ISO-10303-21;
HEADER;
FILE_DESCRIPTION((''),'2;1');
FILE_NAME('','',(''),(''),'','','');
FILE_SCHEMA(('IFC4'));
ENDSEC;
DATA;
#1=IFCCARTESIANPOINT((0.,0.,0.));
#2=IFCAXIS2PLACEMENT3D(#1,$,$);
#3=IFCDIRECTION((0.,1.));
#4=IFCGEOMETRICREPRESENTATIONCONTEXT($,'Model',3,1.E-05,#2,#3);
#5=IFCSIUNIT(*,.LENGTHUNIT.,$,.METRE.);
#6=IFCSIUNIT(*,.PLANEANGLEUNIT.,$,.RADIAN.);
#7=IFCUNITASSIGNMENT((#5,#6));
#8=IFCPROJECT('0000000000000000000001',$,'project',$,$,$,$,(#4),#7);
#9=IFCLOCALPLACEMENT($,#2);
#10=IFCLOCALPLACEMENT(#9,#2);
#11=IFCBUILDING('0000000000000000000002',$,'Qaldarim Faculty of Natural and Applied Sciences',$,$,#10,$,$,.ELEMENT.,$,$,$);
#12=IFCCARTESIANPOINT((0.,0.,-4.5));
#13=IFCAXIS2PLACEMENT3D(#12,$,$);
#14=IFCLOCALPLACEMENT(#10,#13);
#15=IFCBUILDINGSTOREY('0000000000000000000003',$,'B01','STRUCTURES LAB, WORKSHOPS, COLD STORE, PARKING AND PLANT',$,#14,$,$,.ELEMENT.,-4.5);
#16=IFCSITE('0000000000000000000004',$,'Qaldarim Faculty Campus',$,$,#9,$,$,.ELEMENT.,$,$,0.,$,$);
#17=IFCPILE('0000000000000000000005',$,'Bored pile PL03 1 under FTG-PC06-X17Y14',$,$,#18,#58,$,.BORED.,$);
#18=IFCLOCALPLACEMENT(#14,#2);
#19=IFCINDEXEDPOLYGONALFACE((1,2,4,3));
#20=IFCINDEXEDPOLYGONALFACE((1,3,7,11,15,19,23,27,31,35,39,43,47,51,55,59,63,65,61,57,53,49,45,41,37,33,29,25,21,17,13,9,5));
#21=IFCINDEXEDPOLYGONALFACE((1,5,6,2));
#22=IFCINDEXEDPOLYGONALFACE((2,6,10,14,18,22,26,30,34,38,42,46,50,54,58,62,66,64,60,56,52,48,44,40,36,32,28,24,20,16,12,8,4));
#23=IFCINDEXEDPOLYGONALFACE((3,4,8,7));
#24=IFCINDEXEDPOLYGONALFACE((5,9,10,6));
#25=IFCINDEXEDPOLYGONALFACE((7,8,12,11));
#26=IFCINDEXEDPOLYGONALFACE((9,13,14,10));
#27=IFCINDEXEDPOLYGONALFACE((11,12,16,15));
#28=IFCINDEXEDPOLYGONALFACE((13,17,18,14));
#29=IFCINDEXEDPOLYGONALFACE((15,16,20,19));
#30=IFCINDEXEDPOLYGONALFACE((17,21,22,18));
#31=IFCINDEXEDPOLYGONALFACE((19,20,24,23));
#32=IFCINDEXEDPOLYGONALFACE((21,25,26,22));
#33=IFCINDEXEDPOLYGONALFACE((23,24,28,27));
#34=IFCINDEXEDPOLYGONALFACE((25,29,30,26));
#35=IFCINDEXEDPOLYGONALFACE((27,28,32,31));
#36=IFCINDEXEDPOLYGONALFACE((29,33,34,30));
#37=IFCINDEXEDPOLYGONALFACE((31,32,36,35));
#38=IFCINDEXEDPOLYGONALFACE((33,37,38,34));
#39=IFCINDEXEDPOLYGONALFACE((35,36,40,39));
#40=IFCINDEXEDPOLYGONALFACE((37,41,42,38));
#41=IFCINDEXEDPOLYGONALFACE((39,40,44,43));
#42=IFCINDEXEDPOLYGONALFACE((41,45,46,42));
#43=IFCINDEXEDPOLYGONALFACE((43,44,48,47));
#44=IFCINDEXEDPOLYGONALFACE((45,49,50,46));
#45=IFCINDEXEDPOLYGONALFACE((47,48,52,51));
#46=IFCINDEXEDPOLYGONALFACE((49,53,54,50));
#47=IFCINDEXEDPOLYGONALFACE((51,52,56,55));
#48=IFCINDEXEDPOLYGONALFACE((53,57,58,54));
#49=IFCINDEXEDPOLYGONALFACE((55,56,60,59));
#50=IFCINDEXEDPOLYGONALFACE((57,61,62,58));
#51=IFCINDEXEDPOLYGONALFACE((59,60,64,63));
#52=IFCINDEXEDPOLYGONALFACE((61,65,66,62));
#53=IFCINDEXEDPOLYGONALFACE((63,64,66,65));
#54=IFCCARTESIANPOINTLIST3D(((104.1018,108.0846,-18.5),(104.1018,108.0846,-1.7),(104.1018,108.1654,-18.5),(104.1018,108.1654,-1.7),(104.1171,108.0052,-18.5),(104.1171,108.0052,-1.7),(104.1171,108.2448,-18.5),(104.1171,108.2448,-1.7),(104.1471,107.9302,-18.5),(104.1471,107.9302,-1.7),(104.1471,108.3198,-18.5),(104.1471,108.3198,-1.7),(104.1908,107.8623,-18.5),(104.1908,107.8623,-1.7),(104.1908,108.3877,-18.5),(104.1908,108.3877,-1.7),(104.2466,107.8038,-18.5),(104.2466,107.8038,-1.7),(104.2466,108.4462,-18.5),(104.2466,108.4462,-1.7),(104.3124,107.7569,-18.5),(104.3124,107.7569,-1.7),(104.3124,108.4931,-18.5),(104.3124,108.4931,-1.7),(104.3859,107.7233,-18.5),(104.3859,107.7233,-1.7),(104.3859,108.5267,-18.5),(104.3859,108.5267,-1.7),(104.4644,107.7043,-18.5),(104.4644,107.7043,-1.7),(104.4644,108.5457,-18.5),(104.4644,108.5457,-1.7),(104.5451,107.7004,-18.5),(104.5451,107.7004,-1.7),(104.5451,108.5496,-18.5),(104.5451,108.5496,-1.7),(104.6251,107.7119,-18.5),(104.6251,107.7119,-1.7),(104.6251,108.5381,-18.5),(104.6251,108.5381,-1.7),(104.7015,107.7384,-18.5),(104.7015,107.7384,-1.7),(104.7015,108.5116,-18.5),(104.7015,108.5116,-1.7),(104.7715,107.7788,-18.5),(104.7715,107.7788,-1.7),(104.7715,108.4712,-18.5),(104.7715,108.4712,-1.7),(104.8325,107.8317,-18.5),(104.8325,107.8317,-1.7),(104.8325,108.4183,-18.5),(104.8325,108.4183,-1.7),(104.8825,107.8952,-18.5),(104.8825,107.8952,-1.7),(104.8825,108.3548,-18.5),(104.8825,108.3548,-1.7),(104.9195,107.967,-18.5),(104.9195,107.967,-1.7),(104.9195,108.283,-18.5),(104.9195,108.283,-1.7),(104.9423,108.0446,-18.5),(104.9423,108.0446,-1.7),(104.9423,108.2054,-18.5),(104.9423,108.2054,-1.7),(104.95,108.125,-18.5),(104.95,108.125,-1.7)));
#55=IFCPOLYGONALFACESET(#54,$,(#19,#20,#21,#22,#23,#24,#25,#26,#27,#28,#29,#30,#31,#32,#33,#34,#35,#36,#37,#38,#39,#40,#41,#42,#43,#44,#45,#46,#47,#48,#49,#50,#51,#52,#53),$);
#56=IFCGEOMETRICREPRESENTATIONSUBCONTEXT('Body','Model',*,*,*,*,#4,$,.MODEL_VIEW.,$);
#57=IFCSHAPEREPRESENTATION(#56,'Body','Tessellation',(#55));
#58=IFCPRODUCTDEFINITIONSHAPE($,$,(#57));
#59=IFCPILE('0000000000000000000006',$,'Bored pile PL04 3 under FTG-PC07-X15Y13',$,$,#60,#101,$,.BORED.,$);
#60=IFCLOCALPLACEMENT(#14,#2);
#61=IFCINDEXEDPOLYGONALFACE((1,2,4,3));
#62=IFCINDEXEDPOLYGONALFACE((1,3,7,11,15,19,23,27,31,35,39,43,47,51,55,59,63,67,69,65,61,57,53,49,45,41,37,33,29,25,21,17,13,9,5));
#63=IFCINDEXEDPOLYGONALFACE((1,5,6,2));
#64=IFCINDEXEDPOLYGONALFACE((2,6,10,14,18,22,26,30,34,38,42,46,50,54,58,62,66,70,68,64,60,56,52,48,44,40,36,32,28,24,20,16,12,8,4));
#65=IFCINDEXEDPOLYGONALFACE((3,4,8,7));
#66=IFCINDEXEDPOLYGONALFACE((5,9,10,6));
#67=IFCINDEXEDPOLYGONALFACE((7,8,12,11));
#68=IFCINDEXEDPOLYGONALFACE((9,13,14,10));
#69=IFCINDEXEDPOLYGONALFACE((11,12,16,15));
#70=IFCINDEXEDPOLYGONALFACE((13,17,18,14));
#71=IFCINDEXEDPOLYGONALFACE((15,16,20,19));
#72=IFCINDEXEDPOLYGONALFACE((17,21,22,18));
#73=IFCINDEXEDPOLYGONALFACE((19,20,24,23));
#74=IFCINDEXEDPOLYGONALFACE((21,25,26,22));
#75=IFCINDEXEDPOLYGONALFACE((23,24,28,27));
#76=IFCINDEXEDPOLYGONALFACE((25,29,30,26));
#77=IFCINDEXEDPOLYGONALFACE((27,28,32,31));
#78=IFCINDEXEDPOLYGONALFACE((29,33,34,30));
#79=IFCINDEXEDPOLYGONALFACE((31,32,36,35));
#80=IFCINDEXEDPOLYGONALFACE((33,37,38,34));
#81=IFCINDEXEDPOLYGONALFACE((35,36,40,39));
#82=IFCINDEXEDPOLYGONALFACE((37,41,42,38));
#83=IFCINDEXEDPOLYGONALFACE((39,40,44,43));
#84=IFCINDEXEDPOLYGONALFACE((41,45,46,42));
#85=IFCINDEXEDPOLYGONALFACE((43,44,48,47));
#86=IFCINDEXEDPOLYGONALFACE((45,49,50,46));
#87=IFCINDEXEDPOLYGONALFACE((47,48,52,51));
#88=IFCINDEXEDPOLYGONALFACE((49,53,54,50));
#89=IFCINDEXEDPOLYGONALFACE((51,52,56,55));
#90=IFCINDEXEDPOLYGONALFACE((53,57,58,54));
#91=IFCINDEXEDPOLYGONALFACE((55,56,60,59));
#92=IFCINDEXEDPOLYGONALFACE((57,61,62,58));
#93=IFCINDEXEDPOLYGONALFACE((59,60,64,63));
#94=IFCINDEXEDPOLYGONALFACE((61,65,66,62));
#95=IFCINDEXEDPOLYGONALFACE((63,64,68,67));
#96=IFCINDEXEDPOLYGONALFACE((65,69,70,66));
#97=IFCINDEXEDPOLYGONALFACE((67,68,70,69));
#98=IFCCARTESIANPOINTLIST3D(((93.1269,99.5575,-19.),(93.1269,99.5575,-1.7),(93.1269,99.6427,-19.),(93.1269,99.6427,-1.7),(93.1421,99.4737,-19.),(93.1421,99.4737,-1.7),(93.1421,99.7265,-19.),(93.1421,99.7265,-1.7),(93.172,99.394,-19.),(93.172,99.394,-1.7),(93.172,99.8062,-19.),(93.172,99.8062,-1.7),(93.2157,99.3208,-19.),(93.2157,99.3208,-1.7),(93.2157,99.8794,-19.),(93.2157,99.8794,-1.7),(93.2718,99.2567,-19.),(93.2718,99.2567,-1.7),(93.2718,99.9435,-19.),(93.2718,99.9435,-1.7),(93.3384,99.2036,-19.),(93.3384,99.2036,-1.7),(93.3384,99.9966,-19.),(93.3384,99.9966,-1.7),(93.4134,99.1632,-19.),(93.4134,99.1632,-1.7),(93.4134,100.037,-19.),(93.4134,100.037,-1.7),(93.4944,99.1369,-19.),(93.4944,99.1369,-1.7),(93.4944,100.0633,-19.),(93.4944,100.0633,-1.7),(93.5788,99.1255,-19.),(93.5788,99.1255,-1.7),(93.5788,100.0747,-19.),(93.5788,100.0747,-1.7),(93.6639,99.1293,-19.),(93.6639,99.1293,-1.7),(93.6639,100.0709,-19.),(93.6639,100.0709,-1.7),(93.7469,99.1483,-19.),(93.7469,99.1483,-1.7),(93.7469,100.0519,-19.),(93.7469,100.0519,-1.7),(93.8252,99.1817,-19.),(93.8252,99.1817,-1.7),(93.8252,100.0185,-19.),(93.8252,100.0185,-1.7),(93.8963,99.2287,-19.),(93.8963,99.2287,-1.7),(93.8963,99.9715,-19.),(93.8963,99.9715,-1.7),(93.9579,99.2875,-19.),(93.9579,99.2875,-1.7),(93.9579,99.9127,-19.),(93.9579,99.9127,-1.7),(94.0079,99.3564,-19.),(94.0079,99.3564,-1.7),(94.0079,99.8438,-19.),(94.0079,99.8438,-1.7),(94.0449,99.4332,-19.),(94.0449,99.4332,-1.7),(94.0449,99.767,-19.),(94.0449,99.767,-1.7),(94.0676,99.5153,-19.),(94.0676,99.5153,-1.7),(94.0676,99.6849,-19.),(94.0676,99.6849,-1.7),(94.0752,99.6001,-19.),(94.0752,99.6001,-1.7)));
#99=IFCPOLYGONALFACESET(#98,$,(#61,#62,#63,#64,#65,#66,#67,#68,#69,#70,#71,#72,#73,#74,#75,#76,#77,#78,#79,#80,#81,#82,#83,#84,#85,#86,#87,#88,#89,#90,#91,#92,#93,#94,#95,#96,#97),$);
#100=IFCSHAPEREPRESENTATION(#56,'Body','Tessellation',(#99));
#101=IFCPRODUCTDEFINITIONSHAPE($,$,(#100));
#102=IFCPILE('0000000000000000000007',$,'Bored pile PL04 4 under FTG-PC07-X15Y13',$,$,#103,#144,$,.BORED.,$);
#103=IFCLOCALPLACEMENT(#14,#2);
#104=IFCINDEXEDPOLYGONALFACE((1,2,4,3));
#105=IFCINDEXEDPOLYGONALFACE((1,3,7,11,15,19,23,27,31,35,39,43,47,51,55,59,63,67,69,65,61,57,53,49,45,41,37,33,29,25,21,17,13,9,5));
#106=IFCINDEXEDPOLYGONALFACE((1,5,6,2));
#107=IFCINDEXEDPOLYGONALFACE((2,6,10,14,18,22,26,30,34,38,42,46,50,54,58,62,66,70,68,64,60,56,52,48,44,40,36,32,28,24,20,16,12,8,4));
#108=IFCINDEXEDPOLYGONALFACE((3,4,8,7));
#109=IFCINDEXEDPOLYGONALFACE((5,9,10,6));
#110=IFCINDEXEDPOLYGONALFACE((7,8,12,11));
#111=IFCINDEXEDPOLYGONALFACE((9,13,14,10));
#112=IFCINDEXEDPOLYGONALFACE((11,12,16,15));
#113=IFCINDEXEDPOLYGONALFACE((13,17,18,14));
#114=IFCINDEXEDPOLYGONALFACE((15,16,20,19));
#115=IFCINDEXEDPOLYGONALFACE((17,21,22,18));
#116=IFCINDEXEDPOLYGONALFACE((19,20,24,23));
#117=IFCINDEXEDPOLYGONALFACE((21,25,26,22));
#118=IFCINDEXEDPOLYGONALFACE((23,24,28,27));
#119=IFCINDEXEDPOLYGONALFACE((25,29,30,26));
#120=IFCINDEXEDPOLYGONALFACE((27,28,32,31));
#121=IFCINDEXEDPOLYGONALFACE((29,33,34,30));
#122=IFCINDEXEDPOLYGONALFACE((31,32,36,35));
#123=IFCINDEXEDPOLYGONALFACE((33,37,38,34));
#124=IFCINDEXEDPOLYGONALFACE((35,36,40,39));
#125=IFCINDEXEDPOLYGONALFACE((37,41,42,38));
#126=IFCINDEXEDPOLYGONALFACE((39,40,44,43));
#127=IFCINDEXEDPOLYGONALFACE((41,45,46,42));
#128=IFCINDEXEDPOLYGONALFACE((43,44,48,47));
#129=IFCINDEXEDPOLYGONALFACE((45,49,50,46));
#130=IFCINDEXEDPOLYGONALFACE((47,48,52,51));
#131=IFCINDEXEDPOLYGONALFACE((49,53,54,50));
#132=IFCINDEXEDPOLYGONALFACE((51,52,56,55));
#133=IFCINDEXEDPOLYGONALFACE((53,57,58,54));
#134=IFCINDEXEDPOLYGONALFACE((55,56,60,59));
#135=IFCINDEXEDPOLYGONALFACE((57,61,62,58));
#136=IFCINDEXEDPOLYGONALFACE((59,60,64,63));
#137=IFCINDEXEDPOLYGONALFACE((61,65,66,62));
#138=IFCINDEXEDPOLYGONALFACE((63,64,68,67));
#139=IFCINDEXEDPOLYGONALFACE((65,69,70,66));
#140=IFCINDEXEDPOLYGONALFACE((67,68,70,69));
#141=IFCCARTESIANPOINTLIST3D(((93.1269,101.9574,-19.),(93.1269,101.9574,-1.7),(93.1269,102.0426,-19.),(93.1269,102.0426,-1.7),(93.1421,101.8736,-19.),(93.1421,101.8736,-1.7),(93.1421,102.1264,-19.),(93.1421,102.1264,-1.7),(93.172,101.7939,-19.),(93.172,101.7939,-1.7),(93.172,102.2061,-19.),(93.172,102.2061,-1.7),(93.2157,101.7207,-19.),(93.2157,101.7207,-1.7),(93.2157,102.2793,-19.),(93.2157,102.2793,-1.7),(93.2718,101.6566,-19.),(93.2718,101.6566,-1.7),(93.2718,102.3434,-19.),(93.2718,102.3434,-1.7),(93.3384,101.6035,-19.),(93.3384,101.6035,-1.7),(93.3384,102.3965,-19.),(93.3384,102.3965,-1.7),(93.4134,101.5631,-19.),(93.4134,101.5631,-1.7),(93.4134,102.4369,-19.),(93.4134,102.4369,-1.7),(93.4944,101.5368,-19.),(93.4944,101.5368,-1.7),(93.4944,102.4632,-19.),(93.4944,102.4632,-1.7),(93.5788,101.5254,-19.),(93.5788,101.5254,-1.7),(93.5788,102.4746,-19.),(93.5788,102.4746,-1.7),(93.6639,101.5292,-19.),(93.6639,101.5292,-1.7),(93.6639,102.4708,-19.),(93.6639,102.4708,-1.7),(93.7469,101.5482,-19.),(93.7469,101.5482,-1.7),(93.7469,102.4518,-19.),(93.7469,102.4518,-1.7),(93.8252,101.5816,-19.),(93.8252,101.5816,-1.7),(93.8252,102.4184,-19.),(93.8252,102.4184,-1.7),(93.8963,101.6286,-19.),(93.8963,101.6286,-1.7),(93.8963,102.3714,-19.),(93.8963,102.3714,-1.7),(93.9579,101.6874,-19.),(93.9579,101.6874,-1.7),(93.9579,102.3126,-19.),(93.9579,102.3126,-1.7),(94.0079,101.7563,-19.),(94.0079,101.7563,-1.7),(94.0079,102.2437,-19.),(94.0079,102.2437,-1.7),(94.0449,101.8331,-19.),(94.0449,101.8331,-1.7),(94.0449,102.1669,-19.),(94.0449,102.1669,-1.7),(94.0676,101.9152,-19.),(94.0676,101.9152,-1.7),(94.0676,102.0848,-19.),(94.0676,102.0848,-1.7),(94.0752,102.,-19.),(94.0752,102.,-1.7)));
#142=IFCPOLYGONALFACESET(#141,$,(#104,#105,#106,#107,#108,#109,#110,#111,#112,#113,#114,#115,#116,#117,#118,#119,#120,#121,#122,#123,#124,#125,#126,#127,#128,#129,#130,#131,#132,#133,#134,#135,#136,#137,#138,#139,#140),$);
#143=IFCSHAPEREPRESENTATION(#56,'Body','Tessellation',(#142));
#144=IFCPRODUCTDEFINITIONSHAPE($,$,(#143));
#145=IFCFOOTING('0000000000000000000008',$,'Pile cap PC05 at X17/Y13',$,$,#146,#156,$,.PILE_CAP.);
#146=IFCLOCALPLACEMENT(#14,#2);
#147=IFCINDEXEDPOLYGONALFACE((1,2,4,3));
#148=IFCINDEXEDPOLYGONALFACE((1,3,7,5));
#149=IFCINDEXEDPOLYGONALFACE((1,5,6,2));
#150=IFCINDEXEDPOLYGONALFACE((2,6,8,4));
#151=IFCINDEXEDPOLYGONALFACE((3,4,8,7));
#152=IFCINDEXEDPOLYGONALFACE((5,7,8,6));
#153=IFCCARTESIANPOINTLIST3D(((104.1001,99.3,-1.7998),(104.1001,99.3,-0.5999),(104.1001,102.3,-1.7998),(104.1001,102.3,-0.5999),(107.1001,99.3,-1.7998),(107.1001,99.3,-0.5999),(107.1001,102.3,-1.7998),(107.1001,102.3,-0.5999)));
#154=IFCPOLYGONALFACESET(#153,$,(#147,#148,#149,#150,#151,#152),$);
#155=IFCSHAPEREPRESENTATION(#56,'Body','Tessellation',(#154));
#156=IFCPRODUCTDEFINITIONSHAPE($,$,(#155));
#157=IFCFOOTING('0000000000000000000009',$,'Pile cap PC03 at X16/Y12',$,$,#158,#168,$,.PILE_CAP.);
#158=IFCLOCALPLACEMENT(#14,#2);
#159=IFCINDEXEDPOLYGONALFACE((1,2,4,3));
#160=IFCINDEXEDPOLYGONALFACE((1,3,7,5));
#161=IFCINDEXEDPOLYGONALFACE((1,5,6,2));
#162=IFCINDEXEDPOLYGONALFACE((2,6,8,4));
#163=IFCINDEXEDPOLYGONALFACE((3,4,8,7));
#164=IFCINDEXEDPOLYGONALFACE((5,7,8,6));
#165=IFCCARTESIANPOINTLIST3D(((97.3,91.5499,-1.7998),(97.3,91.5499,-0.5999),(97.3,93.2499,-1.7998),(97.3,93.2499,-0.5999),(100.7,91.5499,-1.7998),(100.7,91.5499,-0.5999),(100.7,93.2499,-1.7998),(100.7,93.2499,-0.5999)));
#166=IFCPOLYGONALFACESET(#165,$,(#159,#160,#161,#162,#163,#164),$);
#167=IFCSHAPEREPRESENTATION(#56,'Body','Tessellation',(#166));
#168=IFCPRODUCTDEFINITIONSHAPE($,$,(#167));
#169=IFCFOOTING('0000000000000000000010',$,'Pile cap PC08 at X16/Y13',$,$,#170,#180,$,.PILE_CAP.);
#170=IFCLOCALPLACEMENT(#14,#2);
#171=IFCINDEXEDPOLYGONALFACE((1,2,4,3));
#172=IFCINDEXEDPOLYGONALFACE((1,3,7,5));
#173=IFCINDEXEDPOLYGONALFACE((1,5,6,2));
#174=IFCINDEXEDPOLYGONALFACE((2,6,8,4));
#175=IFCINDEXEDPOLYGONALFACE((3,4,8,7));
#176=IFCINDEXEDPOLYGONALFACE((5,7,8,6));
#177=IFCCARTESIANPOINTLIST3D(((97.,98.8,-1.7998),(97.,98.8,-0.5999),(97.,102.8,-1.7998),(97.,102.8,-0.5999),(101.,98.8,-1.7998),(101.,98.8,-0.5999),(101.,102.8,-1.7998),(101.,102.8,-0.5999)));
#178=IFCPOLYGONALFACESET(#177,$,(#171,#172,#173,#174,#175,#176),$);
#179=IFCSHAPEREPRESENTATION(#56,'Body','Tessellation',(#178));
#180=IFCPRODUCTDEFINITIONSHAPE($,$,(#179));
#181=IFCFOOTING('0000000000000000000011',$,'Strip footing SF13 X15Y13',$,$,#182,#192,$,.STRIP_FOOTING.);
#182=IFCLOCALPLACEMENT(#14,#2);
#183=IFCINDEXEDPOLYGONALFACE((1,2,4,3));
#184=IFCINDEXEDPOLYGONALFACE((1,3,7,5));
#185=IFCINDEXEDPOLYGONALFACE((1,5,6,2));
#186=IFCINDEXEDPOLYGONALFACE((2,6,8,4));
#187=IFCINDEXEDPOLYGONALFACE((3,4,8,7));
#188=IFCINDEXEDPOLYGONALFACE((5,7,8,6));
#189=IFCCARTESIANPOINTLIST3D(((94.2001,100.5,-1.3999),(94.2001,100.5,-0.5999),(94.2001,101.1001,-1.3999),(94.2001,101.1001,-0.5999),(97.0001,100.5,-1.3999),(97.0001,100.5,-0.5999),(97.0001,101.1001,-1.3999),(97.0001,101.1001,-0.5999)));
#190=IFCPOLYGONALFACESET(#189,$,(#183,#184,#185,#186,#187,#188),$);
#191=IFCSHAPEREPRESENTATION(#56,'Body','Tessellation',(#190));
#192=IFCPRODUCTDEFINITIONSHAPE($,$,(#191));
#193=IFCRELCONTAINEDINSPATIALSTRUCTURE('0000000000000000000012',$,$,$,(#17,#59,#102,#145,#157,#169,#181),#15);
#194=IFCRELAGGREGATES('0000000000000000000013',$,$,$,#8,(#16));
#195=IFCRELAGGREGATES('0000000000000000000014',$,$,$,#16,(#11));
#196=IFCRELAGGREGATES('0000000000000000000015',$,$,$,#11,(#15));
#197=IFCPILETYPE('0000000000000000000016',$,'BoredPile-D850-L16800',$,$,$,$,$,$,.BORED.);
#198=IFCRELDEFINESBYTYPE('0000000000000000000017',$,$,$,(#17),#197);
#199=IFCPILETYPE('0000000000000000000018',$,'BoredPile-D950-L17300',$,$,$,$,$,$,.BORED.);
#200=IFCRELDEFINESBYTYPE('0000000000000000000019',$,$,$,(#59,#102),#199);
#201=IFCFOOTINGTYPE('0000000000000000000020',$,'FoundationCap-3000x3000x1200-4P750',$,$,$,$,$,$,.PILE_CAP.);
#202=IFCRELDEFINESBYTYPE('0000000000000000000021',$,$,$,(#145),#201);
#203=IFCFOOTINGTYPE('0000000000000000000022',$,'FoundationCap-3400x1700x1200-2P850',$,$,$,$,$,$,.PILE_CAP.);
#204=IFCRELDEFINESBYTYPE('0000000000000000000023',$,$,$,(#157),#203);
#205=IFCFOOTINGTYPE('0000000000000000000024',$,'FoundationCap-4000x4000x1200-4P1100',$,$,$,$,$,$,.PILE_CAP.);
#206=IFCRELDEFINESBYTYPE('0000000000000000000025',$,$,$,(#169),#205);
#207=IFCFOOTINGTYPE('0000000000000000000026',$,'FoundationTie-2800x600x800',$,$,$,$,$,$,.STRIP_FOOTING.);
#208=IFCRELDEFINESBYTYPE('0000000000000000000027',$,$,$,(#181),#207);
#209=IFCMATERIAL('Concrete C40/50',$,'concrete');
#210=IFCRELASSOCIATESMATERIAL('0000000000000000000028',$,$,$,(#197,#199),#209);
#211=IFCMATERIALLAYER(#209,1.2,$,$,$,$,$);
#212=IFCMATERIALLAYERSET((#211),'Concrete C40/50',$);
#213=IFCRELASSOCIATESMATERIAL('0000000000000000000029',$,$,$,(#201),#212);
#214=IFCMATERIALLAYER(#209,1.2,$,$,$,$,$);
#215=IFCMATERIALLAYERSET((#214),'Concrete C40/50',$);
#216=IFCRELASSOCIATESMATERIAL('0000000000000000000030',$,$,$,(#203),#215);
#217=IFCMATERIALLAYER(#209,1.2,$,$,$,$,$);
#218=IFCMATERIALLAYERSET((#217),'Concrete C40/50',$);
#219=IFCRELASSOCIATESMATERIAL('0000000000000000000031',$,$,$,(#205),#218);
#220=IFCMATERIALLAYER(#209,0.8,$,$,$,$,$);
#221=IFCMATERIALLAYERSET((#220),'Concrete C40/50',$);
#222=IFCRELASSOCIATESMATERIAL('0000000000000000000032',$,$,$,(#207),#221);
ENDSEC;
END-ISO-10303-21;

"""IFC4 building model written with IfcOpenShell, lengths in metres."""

from ifc_helpers import new_model, si_unit, direction, frame, origin, origin_2d, place, context, subcontext, project, spatial, rectangle, circle, extrude, material, layer, layer_set, material_profile, profile_set, type_object, element, save


model = new_model("IFC4")

# Units and contexts
model_context = context("Model", 3, precision=1e-05, world=origin(), true_north=direction((0.0, 1.0)))
body_context = subcontext(model_context, "Body", "Model", "MODEL_VIEW")
ifc_project = project(units=[si_unit("LENGTHUNIT", "METRE"), si_unit("PLANEANGLEUNIT", "RADIAN")], contexts=[model_context])

# Site, building, storey
site_placement = place(None, origin())
site = spatial("IfcSite", under=ifc_project, at=site_placement, Name="Qaldarim Faculty Campus", CompositionType="ELEMENT", RefElevation=0.0)
building_placement = place(site_placement, origin())
building = spatial("IfcBuilding", under=site, at=building_placement, Name="Qaldarim Faculty of Natural and Applied Sciences", CompositionType="ELEMENT")
storey_placement = place(building_placement, frame((0.0, 0.0, -4.5)))
storey = spatial("IfcBuildingStorey", under=building, at=storey_placement, Name="B01", Description="STRUCTURES LAB, WORKSHOPS, COLD STORE, PARKING AND PLANT", CompositionType="ELEMENT", Elevation=-4.5)

# Piles
ifc_material_1 = material(Name="Concrete C40/50", Category="concrete")
ifc_material_profile_1 = material_profile(ifc_material_1, circle(Radius=0.425, at=origin_2d()), Name="PILE-D850")
ifc_profile_set_1 = profile_set([ifc_material_profile_1], Name="Concrete C40/50")
pile_type_1 = type_object("IfcPileType", Name="BoredPile-D850-L16800", PredefinedType="BORED", material=ifc_profile_set_1)
for number, where, z_axis, x_axis, name in (
    (1, (104.5249, 108.125, -1.7), (0.0, 0.0, -1.0), (1.0, 0.0, 0.0), "Bored pile PL03 1 under FTG-PC06-X17Y14"),
):
    element("IfcPile", number, at=place(storey_placement, frame(where, z_axis=z_axis, x_axis=x_axis)), inside=storey, type_object=pile_type_1, Name=name, PredefinedType="BORED", context=body_context, shape_type="SweptSolid", body=[
        extrude(circle(Radius=0.425, at=origin_2d()), origin(), (0.0, 0.0, 1.0), 16.8),
    ])
ifc_material_profile_2 = material_profile(ifc_material_1, circle(Radius=0.4751, at=origin_2d()), Name="PILE-D950")
ifc_profile_set_2 = profile_set([ifc_material_profile_2], Name="Concrete C40/50")
pile_type_2 = type_object("IfcPileType", Name="BoredPile-D950-L17300", PredefinedType="BORED", material=ifc_profile_set_2)
for number, where, z_axis, x_axis, name in (
    (2, (93.6001, 99.6001, -1.7), (0.0, 0.0, -1.0), (1.0, 0.0, 0.0), "Bored pile PL04 3 under FTG-PC07-X15Y13"),
    (3, (93.6001, 102.0, -1.7), (0.0, 0.0, -1.0), (1.0, 0.0, 0.0), "Bored pile PL04 4 under FTG-PC07-X15Y13"),
):
    element("IfcPile", number, at=place(storey_placement, frame(where, z_axis=z_axis, x_axis=x_axis)), inside=storey, type_object=pile_type_2, Name=name, PredefinedType="BORED", context=body_context, shape_type="SweptSolid", body=[
        extrude(circle(Radius=0.4751, at=origin_2d()), origin(), (0.0, 0.0, 1.0), 17.3),
    ])

# Footings
ifc_layer_1 = layer(ifc_material_1, 1.2)
ifc_layer_set_1 = layer_set([ifc_layer_1], Name="Concrete C40/50")
footing_type_1 = type_object("IfcFootingType", Name="FoundationCap-3000x3000x1200-4P750", PredefinedType="PILE_CAP", material=ifc_layer_set_1)
footing_1_placement = place(storey_placement, frame((105.6001, 100.8, -1.7998), z_axis=(0.0, 0.0, 1.0), x_axis=(1.0, 0.0, 0.0)))
element("IfcFooting", 4, at=footing_1_placement, inside=storey, type_object=footing_type_1, Name="Pile cap PC05 at X17/Y13", PredefinedType="PILE_CAP", context=body_context, shape_type="SweptSolid", body=[
    extrude(rectangle(XDim=3.0, YDim=3.0, at=origin_2d()), origin(), (0.0, 0.0, 1.0), 1.2),
])
ifc_layer_2 = layer(ifc_material_1, 1.2)
ifc_layer_set_2 = layer_set([ifc_layer_2], Name="Concrete C40/50")
footing_type_2 = type_object("IfcFootingType", Name="FoundationCap-3400x1700x1200-2P850", PredefinedType="PILE_CAP", material=ifc_layer_set_2)
footing_2_placement = place(storey_placement, frame((99.0, 92.3999, -1.7998), z_axis=(0.0, 0.0, 1.0), x_axis=(1.0, 0.0, 0.0)))
element("IfcFooting", 5, at=footing_2_placement, inside=storey, type_object=footing_type_2, Name="Pile cap PC03 at X16/Y12", PredefinedType="PILE_CAP", context=body_context, shape_type="SweptSolid", body=[
    extrude(rectangle(XDim=3.3999, YDim=1.7, at=origin_2d()), origin(), (0.0, 0.0, 1.0), 1.2),
])
ifc_layer_3 = layer(ifc_material_1, 1.2)
ifc_layer_set_3 = layer_set([ifc_layer_3], Name="Concrete C40/50")
footing_type_3 = type_object("IfcFootingType", Name="FoundationCap-4000x4000x1200-4P1100", PredefinedType="PILE_CAP", material=ifc_layer_set_3)
footing_3_placement = place(storey_placement, frame((99.0, 100.8, -1.7998), z_axis=(0.0, 0.0, 1.0), x_axis=(1.0, 0.0, 0.0)))
element("IfcFooting", 6, at=footing_3_placement, inside=storey, type_object=footing_type_3, Name="Pile cap PC08 at X16/Y13", PredefinedType="PILE_CAP", context=body_context, shape_type="SweptSolid", body=[
    extrude(rectangle(XDim=4.0, YDim=4.0, at=origin_2d()), origin(), (0.0, 0.0, 1.0), 1.2),
])
ifc_layer_4 = layer(ifc_material_1, 0.8)
ifc_layer_set_4 = layer_set([ifc_layer_4], Name="Concrete C40/50")
footing_type_4 = type_object("IfcFootingType", Name="FoundationTie-2800x600x800", PredefinedType="STRIP_FOOTING", material=ifc_layer_set_4)
footing_4_placement = place(storey_placement, frame((95.6001, 100.8, -1.3999), z_axis=(0.0, 0.0, 1.0), x_axis=(1.0, 0.0, 0.0)))
element("IfcFooting", 7, at=footing_4_placement, inside=storey, type_object=footing_type_4, Name="Strip footing SF13 X15Y13", PredefinedType="STRIP_FOOTING", context=body_context, shape_type="SweptSolid", body=[
    extrude(rectangle(XDim=2.8, YDim=0.6001, at=origin_2d()), origin(), (0.0, 0.0, 1.0), 0.8),
])

save(model, "model.ifc")
